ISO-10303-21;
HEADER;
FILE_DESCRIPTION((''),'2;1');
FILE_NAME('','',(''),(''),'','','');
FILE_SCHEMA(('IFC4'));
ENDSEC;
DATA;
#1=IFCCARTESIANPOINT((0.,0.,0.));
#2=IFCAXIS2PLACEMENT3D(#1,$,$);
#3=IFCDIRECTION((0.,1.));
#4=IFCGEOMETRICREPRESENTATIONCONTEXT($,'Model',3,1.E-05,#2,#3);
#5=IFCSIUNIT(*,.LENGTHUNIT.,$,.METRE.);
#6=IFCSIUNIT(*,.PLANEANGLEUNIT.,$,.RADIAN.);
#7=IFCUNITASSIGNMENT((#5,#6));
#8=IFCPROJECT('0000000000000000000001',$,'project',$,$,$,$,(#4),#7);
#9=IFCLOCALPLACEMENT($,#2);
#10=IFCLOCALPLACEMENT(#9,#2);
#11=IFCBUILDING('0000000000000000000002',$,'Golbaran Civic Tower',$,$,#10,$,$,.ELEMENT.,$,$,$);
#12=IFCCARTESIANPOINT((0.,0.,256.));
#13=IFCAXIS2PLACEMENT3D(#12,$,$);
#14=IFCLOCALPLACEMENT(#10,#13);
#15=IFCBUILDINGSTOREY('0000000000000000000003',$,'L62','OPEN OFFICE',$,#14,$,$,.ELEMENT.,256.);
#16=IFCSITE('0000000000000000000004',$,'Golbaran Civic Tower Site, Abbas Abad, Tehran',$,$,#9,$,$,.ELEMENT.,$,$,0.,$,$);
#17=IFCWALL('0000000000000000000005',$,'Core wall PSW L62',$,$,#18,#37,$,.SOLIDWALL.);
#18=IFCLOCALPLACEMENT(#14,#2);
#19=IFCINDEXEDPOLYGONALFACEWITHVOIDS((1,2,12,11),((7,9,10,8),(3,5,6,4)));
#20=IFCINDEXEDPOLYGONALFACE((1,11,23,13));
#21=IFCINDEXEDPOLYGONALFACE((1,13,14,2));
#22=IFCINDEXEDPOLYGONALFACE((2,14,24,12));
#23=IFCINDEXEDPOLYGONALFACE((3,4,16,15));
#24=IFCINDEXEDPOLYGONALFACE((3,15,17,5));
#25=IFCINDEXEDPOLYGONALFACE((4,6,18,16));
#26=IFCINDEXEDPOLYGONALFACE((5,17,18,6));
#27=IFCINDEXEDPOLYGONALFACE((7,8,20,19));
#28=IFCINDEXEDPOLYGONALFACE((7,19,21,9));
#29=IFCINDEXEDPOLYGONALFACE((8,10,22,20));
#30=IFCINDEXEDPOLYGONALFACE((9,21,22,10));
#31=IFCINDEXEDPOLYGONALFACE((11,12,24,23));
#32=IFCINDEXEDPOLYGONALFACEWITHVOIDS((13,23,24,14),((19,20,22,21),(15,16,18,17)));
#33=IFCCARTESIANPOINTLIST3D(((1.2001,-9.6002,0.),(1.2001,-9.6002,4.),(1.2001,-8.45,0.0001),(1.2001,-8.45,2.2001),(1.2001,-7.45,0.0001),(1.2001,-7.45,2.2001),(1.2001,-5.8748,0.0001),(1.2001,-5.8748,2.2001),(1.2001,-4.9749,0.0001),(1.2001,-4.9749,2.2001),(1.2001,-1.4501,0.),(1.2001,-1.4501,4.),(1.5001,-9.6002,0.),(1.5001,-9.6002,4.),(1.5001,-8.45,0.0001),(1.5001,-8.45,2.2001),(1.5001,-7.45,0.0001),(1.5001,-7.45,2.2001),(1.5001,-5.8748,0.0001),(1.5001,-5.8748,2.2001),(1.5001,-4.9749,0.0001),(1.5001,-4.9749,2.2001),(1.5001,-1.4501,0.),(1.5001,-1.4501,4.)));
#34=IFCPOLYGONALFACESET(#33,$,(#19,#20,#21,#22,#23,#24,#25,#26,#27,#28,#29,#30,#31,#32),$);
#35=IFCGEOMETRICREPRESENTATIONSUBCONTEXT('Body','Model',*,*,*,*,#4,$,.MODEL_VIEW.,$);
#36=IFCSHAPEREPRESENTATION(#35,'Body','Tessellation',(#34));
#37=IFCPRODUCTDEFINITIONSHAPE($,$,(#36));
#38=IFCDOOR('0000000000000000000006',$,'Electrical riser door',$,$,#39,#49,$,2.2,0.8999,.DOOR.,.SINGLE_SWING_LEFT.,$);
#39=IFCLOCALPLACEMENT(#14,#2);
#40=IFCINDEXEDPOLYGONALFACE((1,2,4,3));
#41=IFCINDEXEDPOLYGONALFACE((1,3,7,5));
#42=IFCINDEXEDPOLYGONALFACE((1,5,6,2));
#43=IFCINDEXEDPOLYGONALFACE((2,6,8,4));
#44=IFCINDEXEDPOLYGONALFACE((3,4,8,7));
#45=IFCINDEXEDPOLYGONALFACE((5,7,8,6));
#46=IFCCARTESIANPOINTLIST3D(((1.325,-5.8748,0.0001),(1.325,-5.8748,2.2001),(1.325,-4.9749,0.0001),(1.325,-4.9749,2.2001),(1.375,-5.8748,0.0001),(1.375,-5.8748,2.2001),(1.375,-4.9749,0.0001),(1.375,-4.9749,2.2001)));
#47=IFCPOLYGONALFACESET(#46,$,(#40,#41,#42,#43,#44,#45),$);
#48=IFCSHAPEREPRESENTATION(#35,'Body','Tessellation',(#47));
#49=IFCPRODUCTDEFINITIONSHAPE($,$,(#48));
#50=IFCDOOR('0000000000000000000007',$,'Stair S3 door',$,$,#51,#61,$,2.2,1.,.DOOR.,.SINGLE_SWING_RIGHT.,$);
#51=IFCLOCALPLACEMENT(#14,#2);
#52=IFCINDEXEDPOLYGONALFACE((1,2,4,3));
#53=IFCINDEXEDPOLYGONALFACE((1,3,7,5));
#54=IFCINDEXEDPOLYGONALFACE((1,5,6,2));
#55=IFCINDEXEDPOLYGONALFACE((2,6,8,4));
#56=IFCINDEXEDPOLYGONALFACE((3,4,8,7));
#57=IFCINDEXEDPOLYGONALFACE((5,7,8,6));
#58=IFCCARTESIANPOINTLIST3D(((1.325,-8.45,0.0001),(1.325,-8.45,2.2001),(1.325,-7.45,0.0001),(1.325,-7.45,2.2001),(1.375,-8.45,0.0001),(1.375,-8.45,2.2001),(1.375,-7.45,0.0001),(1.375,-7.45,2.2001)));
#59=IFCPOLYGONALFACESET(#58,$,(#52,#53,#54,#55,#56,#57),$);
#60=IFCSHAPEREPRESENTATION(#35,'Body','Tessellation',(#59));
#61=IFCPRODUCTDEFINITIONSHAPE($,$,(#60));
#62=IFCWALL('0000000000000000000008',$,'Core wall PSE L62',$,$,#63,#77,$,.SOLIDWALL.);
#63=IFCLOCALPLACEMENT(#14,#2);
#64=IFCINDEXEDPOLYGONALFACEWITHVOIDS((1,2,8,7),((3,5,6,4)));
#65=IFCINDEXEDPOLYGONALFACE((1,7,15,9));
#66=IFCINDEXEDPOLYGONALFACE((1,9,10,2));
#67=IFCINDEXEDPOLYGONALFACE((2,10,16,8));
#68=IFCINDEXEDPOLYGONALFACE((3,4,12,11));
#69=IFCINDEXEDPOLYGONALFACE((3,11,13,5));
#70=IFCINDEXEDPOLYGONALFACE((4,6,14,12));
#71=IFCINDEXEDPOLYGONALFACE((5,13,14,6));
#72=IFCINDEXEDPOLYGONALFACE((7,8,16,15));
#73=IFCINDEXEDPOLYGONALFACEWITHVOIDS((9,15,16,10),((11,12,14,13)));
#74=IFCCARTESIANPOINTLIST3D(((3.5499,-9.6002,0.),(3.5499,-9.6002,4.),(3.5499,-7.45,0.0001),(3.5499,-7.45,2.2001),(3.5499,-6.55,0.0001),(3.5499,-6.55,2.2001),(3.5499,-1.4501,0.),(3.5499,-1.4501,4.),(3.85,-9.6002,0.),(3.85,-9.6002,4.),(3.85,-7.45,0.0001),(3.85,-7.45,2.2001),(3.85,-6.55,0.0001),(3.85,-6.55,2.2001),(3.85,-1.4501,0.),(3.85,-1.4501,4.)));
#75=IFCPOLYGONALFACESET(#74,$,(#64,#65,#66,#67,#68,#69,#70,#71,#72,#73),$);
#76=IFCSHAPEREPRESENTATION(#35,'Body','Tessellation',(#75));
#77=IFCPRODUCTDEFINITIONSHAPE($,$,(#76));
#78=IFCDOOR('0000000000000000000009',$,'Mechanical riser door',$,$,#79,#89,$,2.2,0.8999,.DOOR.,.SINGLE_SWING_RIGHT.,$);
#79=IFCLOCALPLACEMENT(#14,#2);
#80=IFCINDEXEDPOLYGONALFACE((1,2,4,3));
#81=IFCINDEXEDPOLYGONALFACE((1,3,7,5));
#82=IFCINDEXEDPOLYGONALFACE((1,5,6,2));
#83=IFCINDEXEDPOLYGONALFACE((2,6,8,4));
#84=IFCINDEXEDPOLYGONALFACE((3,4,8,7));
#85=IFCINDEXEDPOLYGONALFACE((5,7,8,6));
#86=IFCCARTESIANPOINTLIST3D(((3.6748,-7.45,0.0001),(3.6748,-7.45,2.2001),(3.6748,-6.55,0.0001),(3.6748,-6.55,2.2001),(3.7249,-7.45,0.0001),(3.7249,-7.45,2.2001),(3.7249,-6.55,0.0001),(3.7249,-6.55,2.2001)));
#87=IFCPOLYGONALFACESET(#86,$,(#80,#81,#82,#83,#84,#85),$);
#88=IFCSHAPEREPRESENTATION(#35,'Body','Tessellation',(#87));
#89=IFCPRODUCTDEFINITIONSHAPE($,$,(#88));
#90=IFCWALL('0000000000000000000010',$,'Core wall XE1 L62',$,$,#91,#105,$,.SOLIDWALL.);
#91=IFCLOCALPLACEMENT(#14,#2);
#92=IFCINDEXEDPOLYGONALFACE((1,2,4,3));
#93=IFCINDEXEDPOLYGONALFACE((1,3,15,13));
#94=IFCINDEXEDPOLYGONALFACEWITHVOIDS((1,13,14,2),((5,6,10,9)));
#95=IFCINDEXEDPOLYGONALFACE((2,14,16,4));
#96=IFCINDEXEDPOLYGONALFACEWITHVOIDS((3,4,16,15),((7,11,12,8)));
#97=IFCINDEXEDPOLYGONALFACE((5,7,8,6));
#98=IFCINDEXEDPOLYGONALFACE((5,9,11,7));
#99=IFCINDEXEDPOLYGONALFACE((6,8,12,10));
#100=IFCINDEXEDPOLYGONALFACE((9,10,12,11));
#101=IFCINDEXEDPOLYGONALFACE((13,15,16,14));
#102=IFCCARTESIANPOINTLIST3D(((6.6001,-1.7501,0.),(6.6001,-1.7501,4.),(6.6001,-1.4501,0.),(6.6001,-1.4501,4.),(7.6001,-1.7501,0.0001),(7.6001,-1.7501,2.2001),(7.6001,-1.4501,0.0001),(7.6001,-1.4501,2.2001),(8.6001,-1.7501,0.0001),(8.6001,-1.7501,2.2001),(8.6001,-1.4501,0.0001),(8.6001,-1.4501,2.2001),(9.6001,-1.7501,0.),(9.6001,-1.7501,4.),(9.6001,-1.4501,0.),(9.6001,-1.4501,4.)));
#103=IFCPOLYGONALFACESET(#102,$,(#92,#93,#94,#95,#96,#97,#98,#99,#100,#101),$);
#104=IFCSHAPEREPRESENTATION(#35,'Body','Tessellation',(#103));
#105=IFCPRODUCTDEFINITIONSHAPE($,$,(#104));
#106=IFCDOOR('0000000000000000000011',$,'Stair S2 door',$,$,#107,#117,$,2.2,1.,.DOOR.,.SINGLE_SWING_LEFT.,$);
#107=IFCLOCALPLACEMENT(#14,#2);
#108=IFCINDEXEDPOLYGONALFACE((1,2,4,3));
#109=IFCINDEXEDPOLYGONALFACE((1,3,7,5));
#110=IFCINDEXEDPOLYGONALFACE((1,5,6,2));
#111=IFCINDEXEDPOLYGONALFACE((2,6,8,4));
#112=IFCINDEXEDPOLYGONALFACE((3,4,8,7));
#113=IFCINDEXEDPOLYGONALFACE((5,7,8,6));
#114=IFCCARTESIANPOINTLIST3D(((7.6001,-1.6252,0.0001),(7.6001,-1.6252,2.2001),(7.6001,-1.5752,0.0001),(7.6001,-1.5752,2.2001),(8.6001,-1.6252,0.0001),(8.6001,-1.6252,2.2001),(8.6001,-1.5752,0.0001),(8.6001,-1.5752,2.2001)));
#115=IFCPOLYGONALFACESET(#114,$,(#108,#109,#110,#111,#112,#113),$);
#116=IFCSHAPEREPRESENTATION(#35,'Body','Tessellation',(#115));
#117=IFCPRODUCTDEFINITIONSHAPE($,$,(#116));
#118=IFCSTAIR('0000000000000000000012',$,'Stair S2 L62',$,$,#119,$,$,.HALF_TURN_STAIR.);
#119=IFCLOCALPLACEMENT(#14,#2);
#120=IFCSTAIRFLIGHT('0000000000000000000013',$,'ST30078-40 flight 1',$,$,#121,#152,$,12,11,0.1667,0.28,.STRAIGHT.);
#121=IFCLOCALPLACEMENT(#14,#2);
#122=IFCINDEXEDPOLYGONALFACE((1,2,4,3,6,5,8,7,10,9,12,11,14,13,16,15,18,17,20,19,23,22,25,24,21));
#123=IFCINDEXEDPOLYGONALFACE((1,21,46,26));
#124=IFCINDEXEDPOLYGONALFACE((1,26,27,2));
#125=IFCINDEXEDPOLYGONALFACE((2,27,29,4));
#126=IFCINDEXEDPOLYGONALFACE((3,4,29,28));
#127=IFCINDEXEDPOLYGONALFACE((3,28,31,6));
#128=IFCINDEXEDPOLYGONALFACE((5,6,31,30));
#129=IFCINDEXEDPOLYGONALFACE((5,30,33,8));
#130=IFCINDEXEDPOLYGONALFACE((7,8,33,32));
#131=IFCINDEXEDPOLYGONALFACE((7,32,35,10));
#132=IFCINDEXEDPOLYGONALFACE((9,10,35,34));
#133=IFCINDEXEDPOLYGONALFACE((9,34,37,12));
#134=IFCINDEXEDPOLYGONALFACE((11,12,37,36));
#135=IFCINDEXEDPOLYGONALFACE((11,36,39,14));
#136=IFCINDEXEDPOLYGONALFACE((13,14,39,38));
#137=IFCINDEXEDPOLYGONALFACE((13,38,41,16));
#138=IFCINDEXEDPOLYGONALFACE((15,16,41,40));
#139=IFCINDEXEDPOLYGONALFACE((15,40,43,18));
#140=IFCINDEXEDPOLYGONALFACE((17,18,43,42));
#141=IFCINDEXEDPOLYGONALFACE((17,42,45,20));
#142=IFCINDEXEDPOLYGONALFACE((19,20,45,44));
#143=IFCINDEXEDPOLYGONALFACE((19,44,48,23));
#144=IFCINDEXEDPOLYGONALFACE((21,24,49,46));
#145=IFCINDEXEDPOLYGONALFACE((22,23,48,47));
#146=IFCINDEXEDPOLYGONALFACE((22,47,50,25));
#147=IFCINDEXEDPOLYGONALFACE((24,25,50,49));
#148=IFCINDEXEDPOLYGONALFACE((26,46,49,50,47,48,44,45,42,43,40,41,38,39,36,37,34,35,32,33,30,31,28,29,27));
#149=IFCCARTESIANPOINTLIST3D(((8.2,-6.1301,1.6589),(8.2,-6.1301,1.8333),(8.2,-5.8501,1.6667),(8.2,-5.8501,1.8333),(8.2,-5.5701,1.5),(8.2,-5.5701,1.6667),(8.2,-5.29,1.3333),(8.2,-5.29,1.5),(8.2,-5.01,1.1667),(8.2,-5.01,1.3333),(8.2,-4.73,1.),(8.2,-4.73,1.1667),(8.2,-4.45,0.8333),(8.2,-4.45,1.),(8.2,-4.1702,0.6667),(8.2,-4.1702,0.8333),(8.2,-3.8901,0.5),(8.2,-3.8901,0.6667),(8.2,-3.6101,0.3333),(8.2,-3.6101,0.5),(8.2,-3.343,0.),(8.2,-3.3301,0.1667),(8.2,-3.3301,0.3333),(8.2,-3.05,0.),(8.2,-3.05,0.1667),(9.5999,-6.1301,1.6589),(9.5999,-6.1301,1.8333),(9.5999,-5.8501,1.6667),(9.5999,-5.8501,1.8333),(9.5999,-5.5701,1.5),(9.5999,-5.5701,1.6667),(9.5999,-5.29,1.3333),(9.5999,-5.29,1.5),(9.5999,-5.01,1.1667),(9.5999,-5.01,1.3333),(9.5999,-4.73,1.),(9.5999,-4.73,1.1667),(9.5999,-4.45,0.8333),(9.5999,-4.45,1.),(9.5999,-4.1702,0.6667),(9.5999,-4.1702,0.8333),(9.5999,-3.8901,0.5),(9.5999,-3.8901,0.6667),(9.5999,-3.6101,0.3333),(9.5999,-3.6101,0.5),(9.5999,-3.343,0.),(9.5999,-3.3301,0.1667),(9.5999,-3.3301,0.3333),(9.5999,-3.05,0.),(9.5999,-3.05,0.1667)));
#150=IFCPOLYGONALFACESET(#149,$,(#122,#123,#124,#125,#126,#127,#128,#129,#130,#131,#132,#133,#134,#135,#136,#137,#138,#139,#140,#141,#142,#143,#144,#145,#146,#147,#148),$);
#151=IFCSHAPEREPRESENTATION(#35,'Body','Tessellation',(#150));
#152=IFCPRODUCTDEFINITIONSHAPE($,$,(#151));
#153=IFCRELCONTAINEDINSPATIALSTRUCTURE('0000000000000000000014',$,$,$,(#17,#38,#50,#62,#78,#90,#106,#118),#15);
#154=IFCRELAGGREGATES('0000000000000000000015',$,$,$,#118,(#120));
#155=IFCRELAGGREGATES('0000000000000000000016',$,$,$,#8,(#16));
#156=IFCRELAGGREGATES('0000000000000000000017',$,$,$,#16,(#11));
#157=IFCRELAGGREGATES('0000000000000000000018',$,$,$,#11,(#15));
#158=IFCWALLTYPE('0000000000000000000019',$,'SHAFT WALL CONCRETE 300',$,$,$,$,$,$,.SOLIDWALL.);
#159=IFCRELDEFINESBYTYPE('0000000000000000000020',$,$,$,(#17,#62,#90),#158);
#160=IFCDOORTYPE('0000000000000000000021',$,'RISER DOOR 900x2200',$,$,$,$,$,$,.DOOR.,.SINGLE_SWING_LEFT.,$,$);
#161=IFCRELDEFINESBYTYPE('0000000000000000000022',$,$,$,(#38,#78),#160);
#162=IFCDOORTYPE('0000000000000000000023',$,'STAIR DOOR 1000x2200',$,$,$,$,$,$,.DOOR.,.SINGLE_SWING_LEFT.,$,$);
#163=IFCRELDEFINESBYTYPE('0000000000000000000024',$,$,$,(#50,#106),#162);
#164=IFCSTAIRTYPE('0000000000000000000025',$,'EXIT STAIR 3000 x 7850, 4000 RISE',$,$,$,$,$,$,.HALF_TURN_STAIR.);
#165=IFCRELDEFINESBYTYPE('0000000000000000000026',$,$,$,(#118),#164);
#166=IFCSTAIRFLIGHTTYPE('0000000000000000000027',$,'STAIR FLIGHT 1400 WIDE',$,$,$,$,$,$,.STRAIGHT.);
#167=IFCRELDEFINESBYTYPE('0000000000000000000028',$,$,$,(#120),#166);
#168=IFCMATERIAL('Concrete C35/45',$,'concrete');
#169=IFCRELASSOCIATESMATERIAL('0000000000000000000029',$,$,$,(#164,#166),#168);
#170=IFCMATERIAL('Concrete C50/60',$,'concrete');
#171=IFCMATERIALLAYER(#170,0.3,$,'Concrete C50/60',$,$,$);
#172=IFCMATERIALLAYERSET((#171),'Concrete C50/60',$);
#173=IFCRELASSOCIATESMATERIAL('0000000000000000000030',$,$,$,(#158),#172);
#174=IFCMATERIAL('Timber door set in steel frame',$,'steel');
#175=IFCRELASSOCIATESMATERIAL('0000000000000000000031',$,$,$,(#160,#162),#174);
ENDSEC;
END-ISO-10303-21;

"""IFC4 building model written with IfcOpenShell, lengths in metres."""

from ifc_helpers import new_model, si_unit, direction, frame, frame_2d, origin, place, context, subcontext, project, spatial, polyline, rectangle, outline, extrude, material, layer, layer_set, type_object, element, fill, aggregate, save


model = new_model("IFC4")

# Units and contexts
model_context = context("Model", 3, precision=1e-05, world=origin(), true_north=direction((0.0, 1.0)))
body_context = subcontext(model_context, "Body", "Model", "MODEL_VIEW")
ifc_project = project(units=[si_unit("LENGTHUNIT", "METRE"), si_unit("PLANEANGLEUNIT", "RADIAN")], contexts=[model_context])

# Site, building, storey
site_placement = place(None, origin())
site = spatial("IfcSite", under=ifc_project, at=site_placement, Name="Golbaran Civic Tower Site, Abbas Abad, Tehran", CompositionType="ELEMENT", RefElevation=0.0)
building_placement = place(site_placement, origin())
building = spatial("IfcBuilding", under=site, at=building_placement, Name="Golbaran Civic Tower", CompositionType="ELEMENT")
storey_placement = place(building_placement, frame((0.0, 0.0, 256.0)))
storey = spatial("IfcBuildingStorey", under=building, at=storey_placement, Name="L62", Description="OPEN OFFICE", CompositionType="ELEMENT", Elevation=256.0)

# Shared definitions
ifc_material_1 = material(Name="Concrete C35/45", Category="concrete")

# Shared definitions
stair_type = type_object("IfcStairType", Name="EXIT STAIR 3000 x 7850, 4000 RISE", PredefinedType="HALF_TURN_STAIR", material=ifc_material_1)

# Shared definitions
ifc_material_2 = material(Name="Concrete C50/60", Category="concrete")
ifc_material_3 = material(Name="Timber door set in steel frame", Category="steel")

# Shared definitions
ifc_layer_1 = layer(ifc_material_2, 0.3, Name="Concrete C50/60")
ifc_layer_set_1 = layer_set([ifc_layer_1], Name="Concrete C50/60")
wall_type_1 = type_object("IfcWallType", Name="SHAFT WALL CONCRETE 300", PredefinedType="SOLIDWALL", material=ifc_layer_set_1)

# Wall, openings, doors
wall_1_placement = place(storey_placement, frame((1.3501, -1.45, 0.0), z_axis=(0.0, 0.0, 1.0), x_axis=(0.0, -1.0, 0.0)))
wall_1 = element("IfcWall", 1, at=wall_1_placement, inside=storey, type_object=wall_type_1, Name="Core wall PSW L62", PredefinedType="SOLIDWALL", context=body_context, shape_type="SweptSolid", body=[
    extrude(rectangle(XDim=8.1501, YDim=0.3, at=frame_2d((4.0752, 0.0))), origin(), (0.0, 0.0, 1.0), 4.0),
])
opening_1_placement = place(wall_1_placement, frame((6.0, 0.0, 0.0)))
opening_1 = element("IfcOpeningElement", 2, at=opening_1_placement, cuts=wall_1, PredefinedType="OPENING", context=body_context, shape_type="SweptSolid", body=[
    extrude(rectangle(XDim=1.0, YDim=2.2, at=frame_2d((0.5, 1.1001))), frame((0.0, 0.1599, 0.0), z_axis=(0.0, -1.0, 0.0), x_axis=(1.0, 0.0, 0.0)), (0.0, 0.0, 1.0), 0.3201),
])
opening_2_placement = place(wall_1_placement, frame((3.5249, 0.0, 0.0)))
opening_2 = element("IfcOpeningElement", 3, at=opening_2_placement, cuts=wall_1, PredefinedType="OPENING", context=body_context, shape_type="SweptSolid", body=[
    extrude(rectangle(XDim=0.8999, YDim=2.2, at=frame_2d((0.45, 1.1001))), frame((0.0, 0.1599, 0.0), z_axis=(0.0, -1.0, 0.0), x_axis=(1.0, 0.0, 0.0)), (0.0, 0.0, 1.0), 0.3201),
])
door_type_1 = type_object("IfcDoorType", Name="RISER DOOR 900x2200", OperationType="SINGLE_SWING_LEFT", PredefinedType="DOOR", material=ifc_material_3)
door_1_placement = place(opening_2_placement, origin())
door_1 = element("IfcDoor", 4, at=door_1_placement, inside=storey, type_object=door_type_1, Name="Electrical riser door", OperationType="SINGLE_SWING_LEFT", OverallHeight=2.2, OverallWidth=0.8999, PredefinedType="DOOR", context=body_context, shape_type="SweptSolid", body=[
    extrude(rectangle(XDim=0.8999, YDim=2.2, at=frame_2d((0.45, 1.1001))), frame((0.0, 0.0249, 0.0), z_axis=(0.0, -1.0, 0.0), x_axis=(1.0, 0.0, 0.0)), (0.0, 0.0, 1.0), 0.05),
])
fill(opening_2, door_1)
door_type_2 = type_object("IfcDoorType", Name="STAIR DOOR 1000x2200", OperationType="SINGLE_SWING_LEFT", PredefinedType="DOOR", material=ifc_material_3)
door_2_placement = place(opening_1_placement, origin())
door_2 = element("IfcDoor", 5, at=door_2_placement, inside=storey, type_object=door_type_2, Name="Stair S3 door", OperationType="SINGLE_SWING_RIGHT", OverallHeight=2.2, OverallWidth=1.0, PredefinedType="DOOR", context=body_context, shape_type="SweptSolid", body=[
    extrude(rectangle(XDim=1.0, YDim=2.2, at=frame_2d((0.5, 1.1001))), frame((0.0, 0.0249, 0.0), z_axis=(0.0, -1.0, 0.0), x_axis=(1.0, 0.0, 0.0)), (0.0, 0.0, 1.0), 0.05),
])
fill(opening_1, door_2)

# Walls, openings, doors
wall_2_placement = place(storey_placement, frame((3.7, -1.45, 0.0), z_axis=(0.0, 0.0, 1.0), x_axis=(0.0, -1.0, 0.0)))
wall_2 = element("IfcWall", 6, at=wall_2_placement, inside=storey, type_object=wall_type_1, Name="Core wall PSE L62", PredefinedType="SOLIDWALL", context=body_context, shape_type="SweptSolid", body=[
    extrude(rectangle(XDim=8.1501, YDim=0.3, at=frame_2d((4.0752, 0.0))), origin(), (0.0, 0.0, 1.0), 4.0),
])
opening_3_placement = place(wall_2_placement, frame((5.1001, 0.0, 0.0)))
opening_3 = element("IfcOpeningElement", 7, at=opening_3_placement, cuts=wall_2, PredefinedType="OPENING", context=body_context, shape_type="SweptSolid", body=[
    extrude(rectangle(XDim=0.8999, YDim=2.2, at=frame_2d((0.45, 1.1001))), frame((0.0, 0.1599, 0.0), z_axis=(0.0, -1.0, 0.0), x_axis=(1.0, 0.0, 0.0)), (0.0, 0.0, 1.0), 0.3201),
])
door_3_placement = place(opening_3_placement, origin())
door_3 = element("IfcDoor", 8, at=door_3_placement, inside=storey, type_object=door_type_1, Name="Mechanical riser door", OperationType="SINGLE_SWING_RIGHT", OverallHeight=2.2, OverallWidth=0.8999, PredefinedType="DOOR", context=body_context, shape_type="SweptSolid", body=[
    extrude(rectangle(XDim=0.8999, YDim=2.2, at=frame_2d((0.45, 1.1001))), frame((0.0, 0.0249, 0.0), z_axis=(0.0, -1.0, 0.0), x_axis=(1.0, 0.0, 0.0)), (0.0, 0.0, 1.0), 0.05),
])
fill(opening_3, door_3)
wall_3_placement = place(storey_placement, frame((6.6001, -1.6001, 0.0), z_axis=(0.0, 0.0, 1.0), x_axis=(1.0, 0.0, 0.0)))
wall_3 = element("IfcWall", 9, at=wall_3_placement, inside=storey, type_object=wall_type_1, Name="Core wall XE1 L62", PredefinedType="SOLIDWALL", context=body_context, shape_type="SweptSolid", body=[
    extrude(rectangle(XDim=3.0, YDim=0.3, at=frame_2d((1.5, 0.0))), origin(), (0.0, 0.0, 1.0), 4.0),
])
opening_4_placement = place(wall_3_placement, frame((1.0, 0.0, 0.0)))
opening_4 = element("IfcOpeningElement", 10, at=opening_4_placement, cuts=wall_3, PredefinedType="OPENING", context=body_context, shape_type="SweptSolid", body=[
    extrude(rectangle(XDim=1.0, YDim=2.2, at=frame_2d((0.5, 1.1001))), frame((0.0, 0.1599, 0.0), z_axis=(0.0, -1.0, 0.0), x_axis=(1.0, 0.0, 0.0)), (0.0, 0.0, 1.0), 0.3201),
])
door_4_placement = place(opening_4_placement, origin())
door_4 = element("IfcDoor", 11, at=door_4_placement, inside=storey, type_object=door_type_2, Name="Stair S2 door", OperationType="SINGLE_SWING_LEFT", OverallHeight=2.2, OverallWidth=1.0, PredefinedType="DOOR", context=body_context, shape_type="SweptSolid", body=[
    extrude(rectangle(XDim=1.0, YDim=2.2, at=frame_2d((0.5, 1.1001))), frame((0.0, 0.0249, 0.0), z_axis=(0.0, -1.0, 0.0), x_axis=(1.0, 0.0, 0.0)), (0.0, 0.0, 1.0), 0.05),
])
fill(opening_4, door_4)

# Stair, stair flight
stair_1_placement = place(storey_placement, origin())
stair_1 = element("IfcStair", 12, at=stair_1_placement, inside=storey, type_object=stair_type, Name="Stair S2 L62", PredefinedType="HALF_TURN_STAIR")
stair_flight_type = type_object("IfcStairFlightType", Name="STAIR FLIGHT 1400 WIDE", PredefinedType="STRAIGHT", material=ifc_material_1)
stair_flight_1_placement = place(storey_placement, frame((8.8999, -3.05, 0.0), z_axis=(0.0, 0.0, 1.0), x_axis=(0.0, -1.0, 0.0)))
stair_flight_1 = element("IfcStairFlight", 13, at=stair_flight_1_placement, type_object=stair_flight_type, Name="ST30078-40 flight 1", NumberOfRisers=12, NumberOfTreads=11, PredefinedType="STRAIGHT", RiserHeight=0.1667, TreadLength=0.28, context=body_context, shape_type="SweptSolid", body=[
    extrude(outline(polyline([(0.0, 0.0), (0.0, 0.1667), (0.28, 0.1667), (0.28, 0.3333), (0.5601, 0.3333), (0.5601, 0.5), (0.8401, 0.5), (0.8401, 0.6667), (1.1201, 0.6667), (1.1201, 0.8333), (1.3999, 0.8333), (1.3999, 1.0), (1.6799, 1.0), (1.6799, 1.1667), (1.96, 1.1667), (1.96, 1.3333), (2.24, 1.3333), (2.24, 1.5), (2.52, 1.5), (2.52, 1.6667), (2.8, 1.6667), (2.8, 1.8333), (3.0801, 1.8333), (3.0801, 2.0), (3.0801, 1.6589), (0.293, 0.0), (0.0, 0.0)])), frame((0.0, 0.7, 0.0), z_axis=(0.0, -1.0, 0.0), x_axis=(1.0, 0.0, 0.0)), (0.0, 0.0, 1.0), 1.3999),
])
aggregate(stair_1, [stair_flight_1])

save(model, "model.ifc")
